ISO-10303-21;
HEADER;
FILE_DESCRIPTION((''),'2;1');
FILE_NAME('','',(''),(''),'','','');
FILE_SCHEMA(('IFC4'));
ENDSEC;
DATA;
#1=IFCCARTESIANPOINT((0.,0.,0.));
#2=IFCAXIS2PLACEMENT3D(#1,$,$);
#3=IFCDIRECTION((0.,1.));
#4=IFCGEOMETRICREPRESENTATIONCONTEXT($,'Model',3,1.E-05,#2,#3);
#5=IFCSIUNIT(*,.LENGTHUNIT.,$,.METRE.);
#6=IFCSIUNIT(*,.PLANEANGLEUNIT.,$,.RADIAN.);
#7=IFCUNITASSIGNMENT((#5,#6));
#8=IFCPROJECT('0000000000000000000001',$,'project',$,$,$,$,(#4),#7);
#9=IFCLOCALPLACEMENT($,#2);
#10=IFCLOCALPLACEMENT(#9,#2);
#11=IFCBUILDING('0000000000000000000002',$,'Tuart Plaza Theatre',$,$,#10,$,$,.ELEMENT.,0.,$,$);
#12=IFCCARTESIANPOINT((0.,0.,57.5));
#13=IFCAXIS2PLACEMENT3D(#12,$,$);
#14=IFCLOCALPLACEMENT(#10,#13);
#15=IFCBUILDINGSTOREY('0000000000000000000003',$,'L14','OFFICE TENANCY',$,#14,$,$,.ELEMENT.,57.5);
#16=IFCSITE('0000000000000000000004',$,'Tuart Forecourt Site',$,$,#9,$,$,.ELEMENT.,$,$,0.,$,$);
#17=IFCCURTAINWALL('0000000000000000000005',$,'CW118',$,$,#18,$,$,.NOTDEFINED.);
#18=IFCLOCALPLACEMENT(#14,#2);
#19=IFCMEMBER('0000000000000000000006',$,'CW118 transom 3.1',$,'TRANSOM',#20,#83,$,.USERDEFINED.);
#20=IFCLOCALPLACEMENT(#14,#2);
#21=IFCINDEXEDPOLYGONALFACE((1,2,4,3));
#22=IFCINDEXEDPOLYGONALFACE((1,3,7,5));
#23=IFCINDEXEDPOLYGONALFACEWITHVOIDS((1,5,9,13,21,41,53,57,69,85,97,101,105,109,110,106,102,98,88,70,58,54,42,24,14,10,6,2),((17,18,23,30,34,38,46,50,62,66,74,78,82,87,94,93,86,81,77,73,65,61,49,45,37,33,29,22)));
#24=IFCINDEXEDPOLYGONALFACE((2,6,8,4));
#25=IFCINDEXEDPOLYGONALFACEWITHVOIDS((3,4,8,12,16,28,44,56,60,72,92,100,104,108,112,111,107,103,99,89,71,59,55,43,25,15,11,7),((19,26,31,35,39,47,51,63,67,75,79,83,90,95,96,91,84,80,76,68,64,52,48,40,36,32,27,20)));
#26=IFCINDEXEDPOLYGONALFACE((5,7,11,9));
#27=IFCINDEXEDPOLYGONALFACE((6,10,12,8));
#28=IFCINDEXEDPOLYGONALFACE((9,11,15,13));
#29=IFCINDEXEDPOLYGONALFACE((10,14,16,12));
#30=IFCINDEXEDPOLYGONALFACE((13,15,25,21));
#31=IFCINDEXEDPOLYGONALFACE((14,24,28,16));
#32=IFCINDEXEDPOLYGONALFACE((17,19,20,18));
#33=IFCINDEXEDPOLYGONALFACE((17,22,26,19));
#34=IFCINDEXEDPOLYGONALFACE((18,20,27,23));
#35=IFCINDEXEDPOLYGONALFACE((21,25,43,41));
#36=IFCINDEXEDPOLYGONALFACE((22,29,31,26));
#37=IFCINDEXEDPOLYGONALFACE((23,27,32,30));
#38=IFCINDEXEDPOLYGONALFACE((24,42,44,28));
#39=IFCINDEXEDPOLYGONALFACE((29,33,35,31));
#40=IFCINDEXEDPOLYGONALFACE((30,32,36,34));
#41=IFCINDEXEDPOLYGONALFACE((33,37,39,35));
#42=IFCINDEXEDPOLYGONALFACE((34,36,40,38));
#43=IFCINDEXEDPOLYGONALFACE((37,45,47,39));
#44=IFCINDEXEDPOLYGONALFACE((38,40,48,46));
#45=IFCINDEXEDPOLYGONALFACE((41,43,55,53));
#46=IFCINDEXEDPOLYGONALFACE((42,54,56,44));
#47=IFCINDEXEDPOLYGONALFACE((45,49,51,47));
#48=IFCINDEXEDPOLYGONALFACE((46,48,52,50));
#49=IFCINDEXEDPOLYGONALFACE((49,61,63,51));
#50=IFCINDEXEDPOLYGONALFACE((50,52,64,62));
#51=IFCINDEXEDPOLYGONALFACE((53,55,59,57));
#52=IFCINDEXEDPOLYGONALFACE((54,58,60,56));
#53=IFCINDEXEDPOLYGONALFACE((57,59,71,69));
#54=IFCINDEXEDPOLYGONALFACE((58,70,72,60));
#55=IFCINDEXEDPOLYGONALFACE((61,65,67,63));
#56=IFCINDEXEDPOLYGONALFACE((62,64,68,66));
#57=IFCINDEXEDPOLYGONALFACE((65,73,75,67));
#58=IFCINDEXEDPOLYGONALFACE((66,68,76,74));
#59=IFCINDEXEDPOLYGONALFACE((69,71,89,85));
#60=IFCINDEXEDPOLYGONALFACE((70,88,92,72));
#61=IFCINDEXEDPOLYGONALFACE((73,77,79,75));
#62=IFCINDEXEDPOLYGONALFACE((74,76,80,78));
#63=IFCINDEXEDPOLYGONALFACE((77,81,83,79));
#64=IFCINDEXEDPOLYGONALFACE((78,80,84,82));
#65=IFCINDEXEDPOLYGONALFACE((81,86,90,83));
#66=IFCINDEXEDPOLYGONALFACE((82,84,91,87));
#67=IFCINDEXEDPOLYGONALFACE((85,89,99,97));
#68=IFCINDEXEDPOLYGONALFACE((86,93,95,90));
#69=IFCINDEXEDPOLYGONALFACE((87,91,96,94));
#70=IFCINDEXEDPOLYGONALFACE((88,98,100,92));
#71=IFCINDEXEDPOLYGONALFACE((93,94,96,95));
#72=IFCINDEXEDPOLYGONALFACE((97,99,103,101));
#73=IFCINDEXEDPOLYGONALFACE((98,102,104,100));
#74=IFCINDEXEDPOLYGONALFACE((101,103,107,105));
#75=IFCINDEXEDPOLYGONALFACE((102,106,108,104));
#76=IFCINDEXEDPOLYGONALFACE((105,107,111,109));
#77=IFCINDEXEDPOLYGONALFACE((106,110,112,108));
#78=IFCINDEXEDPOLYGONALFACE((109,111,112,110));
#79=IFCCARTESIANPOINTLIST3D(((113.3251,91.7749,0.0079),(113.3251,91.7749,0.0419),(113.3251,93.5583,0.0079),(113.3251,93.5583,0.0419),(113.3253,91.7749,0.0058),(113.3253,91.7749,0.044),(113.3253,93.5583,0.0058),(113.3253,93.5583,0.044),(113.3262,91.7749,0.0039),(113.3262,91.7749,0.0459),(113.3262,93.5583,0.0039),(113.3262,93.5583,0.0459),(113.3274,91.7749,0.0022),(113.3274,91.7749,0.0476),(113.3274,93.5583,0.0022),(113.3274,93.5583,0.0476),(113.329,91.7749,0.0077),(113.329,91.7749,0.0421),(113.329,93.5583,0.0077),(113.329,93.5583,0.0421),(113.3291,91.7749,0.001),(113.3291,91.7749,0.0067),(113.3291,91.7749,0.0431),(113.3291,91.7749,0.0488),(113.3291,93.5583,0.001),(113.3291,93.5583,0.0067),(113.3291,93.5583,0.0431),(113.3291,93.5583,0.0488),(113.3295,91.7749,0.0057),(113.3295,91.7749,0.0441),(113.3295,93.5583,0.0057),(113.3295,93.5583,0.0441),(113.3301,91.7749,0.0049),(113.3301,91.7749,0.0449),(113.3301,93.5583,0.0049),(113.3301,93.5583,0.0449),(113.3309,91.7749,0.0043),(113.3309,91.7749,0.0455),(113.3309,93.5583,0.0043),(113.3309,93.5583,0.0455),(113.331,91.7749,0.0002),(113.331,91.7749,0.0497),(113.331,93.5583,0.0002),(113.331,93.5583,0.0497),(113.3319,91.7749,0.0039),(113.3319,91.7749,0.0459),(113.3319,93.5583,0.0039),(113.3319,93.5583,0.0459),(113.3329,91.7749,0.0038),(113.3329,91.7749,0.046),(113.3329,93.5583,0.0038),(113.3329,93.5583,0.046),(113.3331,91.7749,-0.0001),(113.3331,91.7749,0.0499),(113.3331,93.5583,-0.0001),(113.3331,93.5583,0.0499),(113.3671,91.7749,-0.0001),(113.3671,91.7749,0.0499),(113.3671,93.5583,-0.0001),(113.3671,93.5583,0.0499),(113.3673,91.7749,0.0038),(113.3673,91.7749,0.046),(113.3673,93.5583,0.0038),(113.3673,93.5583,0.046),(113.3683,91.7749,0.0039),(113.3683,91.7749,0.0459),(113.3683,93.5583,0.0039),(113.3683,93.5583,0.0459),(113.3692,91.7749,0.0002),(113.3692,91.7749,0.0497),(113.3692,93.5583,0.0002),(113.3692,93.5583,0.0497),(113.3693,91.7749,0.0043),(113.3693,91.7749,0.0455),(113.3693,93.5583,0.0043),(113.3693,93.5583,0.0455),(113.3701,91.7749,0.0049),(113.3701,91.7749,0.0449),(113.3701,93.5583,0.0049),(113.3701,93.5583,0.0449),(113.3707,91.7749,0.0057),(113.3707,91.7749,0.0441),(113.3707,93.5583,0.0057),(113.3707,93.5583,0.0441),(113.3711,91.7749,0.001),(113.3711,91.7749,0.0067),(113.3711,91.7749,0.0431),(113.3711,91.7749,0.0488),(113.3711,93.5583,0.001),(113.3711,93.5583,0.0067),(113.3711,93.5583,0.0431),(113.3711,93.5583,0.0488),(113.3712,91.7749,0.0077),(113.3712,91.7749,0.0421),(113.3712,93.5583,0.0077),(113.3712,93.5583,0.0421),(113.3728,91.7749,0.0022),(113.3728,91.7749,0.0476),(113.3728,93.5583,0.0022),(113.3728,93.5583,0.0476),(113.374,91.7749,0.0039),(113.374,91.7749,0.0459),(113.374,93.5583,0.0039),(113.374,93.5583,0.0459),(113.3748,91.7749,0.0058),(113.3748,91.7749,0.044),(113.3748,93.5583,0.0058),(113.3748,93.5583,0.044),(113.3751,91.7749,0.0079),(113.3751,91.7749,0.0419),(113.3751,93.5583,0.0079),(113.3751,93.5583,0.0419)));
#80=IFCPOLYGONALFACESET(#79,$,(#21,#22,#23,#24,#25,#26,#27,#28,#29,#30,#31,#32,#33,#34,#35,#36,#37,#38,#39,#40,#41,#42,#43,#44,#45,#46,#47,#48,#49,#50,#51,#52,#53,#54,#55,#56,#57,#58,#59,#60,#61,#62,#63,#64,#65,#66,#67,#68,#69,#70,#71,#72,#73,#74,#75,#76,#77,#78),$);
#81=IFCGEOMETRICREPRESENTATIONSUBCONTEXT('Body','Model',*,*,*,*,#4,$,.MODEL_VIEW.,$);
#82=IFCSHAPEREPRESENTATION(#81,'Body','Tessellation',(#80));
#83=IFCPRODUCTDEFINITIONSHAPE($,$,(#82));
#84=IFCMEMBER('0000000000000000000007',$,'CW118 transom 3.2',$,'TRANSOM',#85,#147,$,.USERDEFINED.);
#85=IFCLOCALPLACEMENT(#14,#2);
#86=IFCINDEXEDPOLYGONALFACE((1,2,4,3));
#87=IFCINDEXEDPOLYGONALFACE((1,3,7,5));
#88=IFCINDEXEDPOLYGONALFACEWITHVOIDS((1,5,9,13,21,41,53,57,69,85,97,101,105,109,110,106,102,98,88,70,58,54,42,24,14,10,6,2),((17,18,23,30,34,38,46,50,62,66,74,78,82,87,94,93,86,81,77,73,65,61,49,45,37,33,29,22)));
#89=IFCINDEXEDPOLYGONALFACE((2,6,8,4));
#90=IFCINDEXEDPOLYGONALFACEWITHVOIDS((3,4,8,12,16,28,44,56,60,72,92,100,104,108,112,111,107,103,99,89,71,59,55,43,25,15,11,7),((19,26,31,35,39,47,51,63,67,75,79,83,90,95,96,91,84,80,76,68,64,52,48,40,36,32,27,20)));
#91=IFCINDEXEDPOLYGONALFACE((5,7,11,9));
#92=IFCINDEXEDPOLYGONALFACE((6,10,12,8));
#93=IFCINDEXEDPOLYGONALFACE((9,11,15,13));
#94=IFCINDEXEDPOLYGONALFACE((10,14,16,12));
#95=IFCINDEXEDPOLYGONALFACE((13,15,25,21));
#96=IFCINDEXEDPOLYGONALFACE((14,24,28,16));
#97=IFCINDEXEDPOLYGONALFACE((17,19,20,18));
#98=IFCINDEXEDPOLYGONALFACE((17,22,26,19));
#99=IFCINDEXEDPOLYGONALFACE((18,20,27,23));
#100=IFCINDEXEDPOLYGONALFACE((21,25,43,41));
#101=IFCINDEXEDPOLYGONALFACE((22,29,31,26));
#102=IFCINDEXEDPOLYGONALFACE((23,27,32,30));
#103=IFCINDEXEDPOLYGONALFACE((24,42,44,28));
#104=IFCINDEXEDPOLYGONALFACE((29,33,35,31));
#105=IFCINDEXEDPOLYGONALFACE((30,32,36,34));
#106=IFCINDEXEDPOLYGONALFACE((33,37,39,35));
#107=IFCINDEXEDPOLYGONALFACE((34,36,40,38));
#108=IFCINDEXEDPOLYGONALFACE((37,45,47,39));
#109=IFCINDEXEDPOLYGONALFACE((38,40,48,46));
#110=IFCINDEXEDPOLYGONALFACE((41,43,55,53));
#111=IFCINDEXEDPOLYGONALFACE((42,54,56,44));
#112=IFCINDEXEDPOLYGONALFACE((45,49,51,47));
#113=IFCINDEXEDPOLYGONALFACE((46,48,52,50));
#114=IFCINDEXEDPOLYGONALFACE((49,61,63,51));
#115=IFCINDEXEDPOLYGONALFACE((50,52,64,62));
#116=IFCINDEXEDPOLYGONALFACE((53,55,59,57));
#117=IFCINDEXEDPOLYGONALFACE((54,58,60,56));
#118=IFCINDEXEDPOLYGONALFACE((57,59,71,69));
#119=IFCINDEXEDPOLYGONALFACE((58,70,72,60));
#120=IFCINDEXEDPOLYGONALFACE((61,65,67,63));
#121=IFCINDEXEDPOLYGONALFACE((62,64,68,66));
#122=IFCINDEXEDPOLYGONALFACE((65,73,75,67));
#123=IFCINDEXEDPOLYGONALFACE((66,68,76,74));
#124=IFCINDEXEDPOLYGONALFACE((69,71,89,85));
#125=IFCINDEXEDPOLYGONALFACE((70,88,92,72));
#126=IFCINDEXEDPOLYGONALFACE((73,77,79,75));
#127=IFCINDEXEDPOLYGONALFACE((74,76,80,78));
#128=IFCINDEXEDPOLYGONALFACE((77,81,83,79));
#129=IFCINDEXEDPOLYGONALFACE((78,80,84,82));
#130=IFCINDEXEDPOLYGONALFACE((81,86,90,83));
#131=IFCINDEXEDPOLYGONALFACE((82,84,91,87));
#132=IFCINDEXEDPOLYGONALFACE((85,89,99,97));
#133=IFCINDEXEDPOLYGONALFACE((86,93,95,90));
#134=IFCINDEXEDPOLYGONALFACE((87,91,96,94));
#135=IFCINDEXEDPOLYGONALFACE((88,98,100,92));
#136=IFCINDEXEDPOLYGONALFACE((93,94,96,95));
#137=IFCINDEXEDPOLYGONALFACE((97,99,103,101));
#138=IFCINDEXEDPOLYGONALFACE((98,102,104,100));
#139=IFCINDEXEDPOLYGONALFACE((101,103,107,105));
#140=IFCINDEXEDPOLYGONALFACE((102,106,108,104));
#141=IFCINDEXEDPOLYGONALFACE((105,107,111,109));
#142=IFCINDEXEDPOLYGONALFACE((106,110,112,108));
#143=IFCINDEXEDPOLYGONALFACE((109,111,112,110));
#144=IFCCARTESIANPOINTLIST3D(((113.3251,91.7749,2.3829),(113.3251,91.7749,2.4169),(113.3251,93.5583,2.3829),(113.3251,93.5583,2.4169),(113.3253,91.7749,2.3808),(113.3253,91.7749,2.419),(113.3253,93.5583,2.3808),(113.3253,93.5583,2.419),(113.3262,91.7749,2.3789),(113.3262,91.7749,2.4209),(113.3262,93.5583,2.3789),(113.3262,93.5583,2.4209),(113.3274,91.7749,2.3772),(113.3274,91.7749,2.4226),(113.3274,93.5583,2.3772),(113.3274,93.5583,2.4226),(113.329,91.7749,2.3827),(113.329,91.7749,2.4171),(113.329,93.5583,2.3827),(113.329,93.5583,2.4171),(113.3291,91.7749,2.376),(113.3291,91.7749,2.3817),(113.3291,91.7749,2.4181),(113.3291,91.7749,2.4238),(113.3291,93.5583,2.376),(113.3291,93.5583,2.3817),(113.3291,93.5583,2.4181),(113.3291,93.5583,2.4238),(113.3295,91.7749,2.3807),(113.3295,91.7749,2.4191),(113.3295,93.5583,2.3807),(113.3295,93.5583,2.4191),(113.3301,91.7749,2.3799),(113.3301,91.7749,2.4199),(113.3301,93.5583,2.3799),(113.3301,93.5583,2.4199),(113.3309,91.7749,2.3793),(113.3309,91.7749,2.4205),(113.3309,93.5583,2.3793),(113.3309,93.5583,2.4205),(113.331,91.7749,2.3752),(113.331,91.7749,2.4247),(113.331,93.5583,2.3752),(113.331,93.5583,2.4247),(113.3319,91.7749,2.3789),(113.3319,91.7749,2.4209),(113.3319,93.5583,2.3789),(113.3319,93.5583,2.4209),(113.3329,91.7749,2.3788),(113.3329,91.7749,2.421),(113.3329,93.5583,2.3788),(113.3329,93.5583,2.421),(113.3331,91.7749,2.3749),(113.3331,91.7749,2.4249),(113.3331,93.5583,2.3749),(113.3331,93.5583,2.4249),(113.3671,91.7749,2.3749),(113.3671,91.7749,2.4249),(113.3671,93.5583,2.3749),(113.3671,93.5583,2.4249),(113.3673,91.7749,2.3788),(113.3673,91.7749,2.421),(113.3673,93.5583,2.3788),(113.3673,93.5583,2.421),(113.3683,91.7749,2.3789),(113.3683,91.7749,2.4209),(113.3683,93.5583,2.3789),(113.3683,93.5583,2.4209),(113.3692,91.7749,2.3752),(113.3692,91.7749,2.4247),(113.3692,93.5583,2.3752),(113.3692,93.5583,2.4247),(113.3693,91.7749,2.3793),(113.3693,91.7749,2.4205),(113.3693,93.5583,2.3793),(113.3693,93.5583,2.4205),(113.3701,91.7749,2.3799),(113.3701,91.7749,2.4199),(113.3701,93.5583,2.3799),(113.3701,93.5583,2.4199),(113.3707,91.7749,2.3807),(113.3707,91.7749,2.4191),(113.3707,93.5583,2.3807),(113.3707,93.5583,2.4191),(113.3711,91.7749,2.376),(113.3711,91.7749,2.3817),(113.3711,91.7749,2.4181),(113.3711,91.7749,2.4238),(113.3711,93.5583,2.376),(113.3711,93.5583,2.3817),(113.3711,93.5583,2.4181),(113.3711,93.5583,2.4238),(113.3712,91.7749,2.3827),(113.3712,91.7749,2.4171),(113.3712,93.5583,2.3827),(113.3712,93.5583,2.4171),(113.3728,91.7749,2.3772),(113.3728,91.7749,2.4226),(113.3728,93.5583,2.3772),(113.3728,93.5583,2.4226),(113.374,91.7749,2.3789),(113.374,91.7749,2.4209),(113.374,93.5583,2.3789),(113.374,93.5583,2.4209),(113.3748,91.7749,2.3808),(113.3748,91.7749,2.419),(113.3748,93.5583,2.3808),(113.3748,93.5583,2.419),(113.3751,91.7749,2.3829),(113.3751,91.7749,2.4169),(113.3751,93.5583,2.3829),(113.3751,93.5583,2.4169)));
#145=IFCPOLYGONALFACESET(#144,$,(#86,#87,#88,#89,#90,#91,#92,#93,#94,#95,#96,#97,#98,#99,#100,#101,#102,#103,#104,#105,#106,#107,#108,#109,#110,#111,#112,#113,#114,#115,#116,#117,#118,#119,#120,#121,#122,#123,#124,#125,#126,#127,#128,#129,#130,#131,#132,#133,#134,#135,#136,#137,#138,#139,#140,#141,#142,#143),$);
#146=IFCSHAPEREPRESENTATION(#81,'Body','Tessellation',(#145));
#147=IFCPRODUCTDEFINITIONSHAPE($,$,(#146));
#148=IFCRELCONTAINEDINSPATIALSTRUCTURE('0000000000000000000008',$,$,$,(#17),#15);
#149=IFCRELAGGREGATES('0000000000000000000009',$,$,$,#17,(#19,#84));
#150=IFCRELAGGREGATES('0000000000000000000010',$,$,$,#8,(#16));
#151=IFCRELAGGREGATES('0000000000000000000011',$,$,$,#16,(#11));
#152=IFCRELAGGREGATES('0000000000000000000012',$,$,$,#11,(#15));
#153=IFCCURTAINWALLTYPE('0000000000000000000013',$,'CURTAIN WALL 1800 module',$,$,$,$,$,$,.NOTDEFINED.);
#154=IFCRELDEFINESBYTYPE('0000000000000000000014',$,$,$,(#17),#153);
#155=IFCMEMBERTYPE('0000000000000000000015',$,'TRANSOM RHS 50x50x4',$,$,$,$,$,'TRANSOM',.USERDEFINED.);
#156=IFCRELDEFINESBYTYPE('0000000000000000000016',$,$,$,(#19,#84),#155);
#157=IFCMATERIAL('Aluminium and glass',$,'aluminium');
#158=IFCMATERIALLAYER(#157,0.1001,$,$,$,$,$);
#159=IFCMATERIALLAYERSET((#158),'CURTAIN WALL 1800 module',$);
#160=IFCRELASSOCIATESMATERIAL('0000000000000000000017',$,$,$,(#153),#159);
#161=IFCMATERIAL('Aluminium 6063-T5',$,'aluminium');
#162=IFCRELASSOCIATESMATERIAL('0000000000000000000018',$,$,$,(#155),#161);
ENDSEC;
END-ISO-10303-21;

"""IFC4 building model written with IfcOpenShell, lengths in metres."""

from ifc_helpers import new_model, si_unit, direction, frame, origin, origin_2d, place, context, subcontext, project, spatial, hollow_rectangle, extrude, material, layer, layer_set, material_profile, profile_set, type_object, element, aggregate, save


model = new_model("IFC4")

# Units and contexts
model_context = context("Model", 3, precision=1e-05, world=origin(), true_north=direction((0.0, 1.0)))
body_context = subcontext(model_context, "Body", "Model", "MODEL_VIEW")
ifc_project = project(units=[si_unit("LENGTHUNIT", "METRE"), si_unit("PLANEANGLEUNIT", "RADIAN")], contexts=[model_context])

# Site, building, storey
site_placement = place(None, origin())
site = spatial("IfcSite", under=ifc_project, at=site_placement, Name="Tuart Forecourt Site", CompositionType="ELEMENT", RefElevation=0.0)
building_placement = place(site_placement, origin())
building = spatial("IfcBuilding", under=site, at=building_placement, Name="Tuart Plaza Theatre", CompositionType="ELEMENT", ElevationOfRefHeight=0.0)
storey_placement = place(building_placement, frame((0.0, 0.0, 57.5)))
storey = spatial("IfcBuildingStorey", under=building, at=storey_placement, Name="L14", Description="OFFICE TENANCY", CompositionType="ELEMENT", Elevation=57.5)

# Curtain wall, members
ifc_material_1 = material(Name="Aluminium and glass", Category="aluminium")
ifc_layer_1 = layer(ifc_material_1, 0.1001)
ifc_layer_set_1 = layer_set([ifc_layer_1], Name="CURTAIN WALL 1800 module")
curtain_wall_type = type_object("IfcCurtainWallType", Name="CURTAIN WALL 1800 module", PredefinedType="NOTDEFINED", material=ifc_layer_set_1)
curtain_wall_placement = place(storey_placement, origin())
curtain_wall = element("IfcCurtainWall", 1, at=curtain_wall_placement, inside=storey, type_object=curtain_wall_type, Name="CW118", PredefinedType="NOTDEFINED")
ifc_material_2 = material(Name="Aluminium 6063-T5", Category="aluminium")
ifc_material_profile_1 = material_profile(ifc_material_2, hollow_rectangle(XDim=0.05, YDim=0.05, WallThickness=0.0039, InnerFilletRadius=0.0039, OuterFilletRadius=0.0081, at=origin_2d()), Name="RHS 50x50x4")
ifc_profile_set_1 = profile_set([ifc_material_profile_1], Name="Aluminium 6063-T5")
member_type_1 = type_object("IfcMemberType", Name="TRANSOM RHS 50x50x4", ElementType="TRANSOM", PredefinedType="USERDEFINED", material=ifc_profile_set_1)
member_1_placement = place(storey_placement, frame((113.3501, 93.5583, 0.0249), z_axis=(0.0, -1.0, 0.0), x_axis=(1.0, 0.0, 0.0)))
member_1 = element("IfcMember", 2, at=member_1_placement, type_object=member_type_1, Name="CW118 transom 3.1", ObjectType="TRANSOM", PredefinedType="USERDEFINED", context=body_context, shape_type="SweptSolid", body=[
    extrude(hollow_rectangle(XDim=0.05, YDim=0.05, WallThickness=0.0039, InnerFilletRadius=0.0039, OuterFilletRadius=0.0081, at=origin_2d()), origin(), (0.0, 0.0, 1.0), 1.7834),
])
member_2_placement = place(storey_placement, frame((113.3501, 93.5583, 2.3999), z_axis=(0.0, -1.0, 0.0), x_axis=(1.0, 0.0, 0.0)))
member_2 = element("IfcMember", 3, at=member_2_placement, type_object=member_type_1, Name="CW118 transom 3.2", ObjectType="TRANSOM", PredefinedType="USERDEFINED", context=body_context, shape_type="SweptSolid", body=[
    extrude(hollow_rectangle(XDim=0.05, YDim=0.05, WallThickness=0.0039, InnerFilletRadius=0.0039, OuterFilletRadius=0.0081, at=origin_2d()), origin(), (0.0, 0.0, 1.0), 1.7834),
])
aggregate(curtain_wall, [member_1, member_2])

save(model, "model.ifc")
